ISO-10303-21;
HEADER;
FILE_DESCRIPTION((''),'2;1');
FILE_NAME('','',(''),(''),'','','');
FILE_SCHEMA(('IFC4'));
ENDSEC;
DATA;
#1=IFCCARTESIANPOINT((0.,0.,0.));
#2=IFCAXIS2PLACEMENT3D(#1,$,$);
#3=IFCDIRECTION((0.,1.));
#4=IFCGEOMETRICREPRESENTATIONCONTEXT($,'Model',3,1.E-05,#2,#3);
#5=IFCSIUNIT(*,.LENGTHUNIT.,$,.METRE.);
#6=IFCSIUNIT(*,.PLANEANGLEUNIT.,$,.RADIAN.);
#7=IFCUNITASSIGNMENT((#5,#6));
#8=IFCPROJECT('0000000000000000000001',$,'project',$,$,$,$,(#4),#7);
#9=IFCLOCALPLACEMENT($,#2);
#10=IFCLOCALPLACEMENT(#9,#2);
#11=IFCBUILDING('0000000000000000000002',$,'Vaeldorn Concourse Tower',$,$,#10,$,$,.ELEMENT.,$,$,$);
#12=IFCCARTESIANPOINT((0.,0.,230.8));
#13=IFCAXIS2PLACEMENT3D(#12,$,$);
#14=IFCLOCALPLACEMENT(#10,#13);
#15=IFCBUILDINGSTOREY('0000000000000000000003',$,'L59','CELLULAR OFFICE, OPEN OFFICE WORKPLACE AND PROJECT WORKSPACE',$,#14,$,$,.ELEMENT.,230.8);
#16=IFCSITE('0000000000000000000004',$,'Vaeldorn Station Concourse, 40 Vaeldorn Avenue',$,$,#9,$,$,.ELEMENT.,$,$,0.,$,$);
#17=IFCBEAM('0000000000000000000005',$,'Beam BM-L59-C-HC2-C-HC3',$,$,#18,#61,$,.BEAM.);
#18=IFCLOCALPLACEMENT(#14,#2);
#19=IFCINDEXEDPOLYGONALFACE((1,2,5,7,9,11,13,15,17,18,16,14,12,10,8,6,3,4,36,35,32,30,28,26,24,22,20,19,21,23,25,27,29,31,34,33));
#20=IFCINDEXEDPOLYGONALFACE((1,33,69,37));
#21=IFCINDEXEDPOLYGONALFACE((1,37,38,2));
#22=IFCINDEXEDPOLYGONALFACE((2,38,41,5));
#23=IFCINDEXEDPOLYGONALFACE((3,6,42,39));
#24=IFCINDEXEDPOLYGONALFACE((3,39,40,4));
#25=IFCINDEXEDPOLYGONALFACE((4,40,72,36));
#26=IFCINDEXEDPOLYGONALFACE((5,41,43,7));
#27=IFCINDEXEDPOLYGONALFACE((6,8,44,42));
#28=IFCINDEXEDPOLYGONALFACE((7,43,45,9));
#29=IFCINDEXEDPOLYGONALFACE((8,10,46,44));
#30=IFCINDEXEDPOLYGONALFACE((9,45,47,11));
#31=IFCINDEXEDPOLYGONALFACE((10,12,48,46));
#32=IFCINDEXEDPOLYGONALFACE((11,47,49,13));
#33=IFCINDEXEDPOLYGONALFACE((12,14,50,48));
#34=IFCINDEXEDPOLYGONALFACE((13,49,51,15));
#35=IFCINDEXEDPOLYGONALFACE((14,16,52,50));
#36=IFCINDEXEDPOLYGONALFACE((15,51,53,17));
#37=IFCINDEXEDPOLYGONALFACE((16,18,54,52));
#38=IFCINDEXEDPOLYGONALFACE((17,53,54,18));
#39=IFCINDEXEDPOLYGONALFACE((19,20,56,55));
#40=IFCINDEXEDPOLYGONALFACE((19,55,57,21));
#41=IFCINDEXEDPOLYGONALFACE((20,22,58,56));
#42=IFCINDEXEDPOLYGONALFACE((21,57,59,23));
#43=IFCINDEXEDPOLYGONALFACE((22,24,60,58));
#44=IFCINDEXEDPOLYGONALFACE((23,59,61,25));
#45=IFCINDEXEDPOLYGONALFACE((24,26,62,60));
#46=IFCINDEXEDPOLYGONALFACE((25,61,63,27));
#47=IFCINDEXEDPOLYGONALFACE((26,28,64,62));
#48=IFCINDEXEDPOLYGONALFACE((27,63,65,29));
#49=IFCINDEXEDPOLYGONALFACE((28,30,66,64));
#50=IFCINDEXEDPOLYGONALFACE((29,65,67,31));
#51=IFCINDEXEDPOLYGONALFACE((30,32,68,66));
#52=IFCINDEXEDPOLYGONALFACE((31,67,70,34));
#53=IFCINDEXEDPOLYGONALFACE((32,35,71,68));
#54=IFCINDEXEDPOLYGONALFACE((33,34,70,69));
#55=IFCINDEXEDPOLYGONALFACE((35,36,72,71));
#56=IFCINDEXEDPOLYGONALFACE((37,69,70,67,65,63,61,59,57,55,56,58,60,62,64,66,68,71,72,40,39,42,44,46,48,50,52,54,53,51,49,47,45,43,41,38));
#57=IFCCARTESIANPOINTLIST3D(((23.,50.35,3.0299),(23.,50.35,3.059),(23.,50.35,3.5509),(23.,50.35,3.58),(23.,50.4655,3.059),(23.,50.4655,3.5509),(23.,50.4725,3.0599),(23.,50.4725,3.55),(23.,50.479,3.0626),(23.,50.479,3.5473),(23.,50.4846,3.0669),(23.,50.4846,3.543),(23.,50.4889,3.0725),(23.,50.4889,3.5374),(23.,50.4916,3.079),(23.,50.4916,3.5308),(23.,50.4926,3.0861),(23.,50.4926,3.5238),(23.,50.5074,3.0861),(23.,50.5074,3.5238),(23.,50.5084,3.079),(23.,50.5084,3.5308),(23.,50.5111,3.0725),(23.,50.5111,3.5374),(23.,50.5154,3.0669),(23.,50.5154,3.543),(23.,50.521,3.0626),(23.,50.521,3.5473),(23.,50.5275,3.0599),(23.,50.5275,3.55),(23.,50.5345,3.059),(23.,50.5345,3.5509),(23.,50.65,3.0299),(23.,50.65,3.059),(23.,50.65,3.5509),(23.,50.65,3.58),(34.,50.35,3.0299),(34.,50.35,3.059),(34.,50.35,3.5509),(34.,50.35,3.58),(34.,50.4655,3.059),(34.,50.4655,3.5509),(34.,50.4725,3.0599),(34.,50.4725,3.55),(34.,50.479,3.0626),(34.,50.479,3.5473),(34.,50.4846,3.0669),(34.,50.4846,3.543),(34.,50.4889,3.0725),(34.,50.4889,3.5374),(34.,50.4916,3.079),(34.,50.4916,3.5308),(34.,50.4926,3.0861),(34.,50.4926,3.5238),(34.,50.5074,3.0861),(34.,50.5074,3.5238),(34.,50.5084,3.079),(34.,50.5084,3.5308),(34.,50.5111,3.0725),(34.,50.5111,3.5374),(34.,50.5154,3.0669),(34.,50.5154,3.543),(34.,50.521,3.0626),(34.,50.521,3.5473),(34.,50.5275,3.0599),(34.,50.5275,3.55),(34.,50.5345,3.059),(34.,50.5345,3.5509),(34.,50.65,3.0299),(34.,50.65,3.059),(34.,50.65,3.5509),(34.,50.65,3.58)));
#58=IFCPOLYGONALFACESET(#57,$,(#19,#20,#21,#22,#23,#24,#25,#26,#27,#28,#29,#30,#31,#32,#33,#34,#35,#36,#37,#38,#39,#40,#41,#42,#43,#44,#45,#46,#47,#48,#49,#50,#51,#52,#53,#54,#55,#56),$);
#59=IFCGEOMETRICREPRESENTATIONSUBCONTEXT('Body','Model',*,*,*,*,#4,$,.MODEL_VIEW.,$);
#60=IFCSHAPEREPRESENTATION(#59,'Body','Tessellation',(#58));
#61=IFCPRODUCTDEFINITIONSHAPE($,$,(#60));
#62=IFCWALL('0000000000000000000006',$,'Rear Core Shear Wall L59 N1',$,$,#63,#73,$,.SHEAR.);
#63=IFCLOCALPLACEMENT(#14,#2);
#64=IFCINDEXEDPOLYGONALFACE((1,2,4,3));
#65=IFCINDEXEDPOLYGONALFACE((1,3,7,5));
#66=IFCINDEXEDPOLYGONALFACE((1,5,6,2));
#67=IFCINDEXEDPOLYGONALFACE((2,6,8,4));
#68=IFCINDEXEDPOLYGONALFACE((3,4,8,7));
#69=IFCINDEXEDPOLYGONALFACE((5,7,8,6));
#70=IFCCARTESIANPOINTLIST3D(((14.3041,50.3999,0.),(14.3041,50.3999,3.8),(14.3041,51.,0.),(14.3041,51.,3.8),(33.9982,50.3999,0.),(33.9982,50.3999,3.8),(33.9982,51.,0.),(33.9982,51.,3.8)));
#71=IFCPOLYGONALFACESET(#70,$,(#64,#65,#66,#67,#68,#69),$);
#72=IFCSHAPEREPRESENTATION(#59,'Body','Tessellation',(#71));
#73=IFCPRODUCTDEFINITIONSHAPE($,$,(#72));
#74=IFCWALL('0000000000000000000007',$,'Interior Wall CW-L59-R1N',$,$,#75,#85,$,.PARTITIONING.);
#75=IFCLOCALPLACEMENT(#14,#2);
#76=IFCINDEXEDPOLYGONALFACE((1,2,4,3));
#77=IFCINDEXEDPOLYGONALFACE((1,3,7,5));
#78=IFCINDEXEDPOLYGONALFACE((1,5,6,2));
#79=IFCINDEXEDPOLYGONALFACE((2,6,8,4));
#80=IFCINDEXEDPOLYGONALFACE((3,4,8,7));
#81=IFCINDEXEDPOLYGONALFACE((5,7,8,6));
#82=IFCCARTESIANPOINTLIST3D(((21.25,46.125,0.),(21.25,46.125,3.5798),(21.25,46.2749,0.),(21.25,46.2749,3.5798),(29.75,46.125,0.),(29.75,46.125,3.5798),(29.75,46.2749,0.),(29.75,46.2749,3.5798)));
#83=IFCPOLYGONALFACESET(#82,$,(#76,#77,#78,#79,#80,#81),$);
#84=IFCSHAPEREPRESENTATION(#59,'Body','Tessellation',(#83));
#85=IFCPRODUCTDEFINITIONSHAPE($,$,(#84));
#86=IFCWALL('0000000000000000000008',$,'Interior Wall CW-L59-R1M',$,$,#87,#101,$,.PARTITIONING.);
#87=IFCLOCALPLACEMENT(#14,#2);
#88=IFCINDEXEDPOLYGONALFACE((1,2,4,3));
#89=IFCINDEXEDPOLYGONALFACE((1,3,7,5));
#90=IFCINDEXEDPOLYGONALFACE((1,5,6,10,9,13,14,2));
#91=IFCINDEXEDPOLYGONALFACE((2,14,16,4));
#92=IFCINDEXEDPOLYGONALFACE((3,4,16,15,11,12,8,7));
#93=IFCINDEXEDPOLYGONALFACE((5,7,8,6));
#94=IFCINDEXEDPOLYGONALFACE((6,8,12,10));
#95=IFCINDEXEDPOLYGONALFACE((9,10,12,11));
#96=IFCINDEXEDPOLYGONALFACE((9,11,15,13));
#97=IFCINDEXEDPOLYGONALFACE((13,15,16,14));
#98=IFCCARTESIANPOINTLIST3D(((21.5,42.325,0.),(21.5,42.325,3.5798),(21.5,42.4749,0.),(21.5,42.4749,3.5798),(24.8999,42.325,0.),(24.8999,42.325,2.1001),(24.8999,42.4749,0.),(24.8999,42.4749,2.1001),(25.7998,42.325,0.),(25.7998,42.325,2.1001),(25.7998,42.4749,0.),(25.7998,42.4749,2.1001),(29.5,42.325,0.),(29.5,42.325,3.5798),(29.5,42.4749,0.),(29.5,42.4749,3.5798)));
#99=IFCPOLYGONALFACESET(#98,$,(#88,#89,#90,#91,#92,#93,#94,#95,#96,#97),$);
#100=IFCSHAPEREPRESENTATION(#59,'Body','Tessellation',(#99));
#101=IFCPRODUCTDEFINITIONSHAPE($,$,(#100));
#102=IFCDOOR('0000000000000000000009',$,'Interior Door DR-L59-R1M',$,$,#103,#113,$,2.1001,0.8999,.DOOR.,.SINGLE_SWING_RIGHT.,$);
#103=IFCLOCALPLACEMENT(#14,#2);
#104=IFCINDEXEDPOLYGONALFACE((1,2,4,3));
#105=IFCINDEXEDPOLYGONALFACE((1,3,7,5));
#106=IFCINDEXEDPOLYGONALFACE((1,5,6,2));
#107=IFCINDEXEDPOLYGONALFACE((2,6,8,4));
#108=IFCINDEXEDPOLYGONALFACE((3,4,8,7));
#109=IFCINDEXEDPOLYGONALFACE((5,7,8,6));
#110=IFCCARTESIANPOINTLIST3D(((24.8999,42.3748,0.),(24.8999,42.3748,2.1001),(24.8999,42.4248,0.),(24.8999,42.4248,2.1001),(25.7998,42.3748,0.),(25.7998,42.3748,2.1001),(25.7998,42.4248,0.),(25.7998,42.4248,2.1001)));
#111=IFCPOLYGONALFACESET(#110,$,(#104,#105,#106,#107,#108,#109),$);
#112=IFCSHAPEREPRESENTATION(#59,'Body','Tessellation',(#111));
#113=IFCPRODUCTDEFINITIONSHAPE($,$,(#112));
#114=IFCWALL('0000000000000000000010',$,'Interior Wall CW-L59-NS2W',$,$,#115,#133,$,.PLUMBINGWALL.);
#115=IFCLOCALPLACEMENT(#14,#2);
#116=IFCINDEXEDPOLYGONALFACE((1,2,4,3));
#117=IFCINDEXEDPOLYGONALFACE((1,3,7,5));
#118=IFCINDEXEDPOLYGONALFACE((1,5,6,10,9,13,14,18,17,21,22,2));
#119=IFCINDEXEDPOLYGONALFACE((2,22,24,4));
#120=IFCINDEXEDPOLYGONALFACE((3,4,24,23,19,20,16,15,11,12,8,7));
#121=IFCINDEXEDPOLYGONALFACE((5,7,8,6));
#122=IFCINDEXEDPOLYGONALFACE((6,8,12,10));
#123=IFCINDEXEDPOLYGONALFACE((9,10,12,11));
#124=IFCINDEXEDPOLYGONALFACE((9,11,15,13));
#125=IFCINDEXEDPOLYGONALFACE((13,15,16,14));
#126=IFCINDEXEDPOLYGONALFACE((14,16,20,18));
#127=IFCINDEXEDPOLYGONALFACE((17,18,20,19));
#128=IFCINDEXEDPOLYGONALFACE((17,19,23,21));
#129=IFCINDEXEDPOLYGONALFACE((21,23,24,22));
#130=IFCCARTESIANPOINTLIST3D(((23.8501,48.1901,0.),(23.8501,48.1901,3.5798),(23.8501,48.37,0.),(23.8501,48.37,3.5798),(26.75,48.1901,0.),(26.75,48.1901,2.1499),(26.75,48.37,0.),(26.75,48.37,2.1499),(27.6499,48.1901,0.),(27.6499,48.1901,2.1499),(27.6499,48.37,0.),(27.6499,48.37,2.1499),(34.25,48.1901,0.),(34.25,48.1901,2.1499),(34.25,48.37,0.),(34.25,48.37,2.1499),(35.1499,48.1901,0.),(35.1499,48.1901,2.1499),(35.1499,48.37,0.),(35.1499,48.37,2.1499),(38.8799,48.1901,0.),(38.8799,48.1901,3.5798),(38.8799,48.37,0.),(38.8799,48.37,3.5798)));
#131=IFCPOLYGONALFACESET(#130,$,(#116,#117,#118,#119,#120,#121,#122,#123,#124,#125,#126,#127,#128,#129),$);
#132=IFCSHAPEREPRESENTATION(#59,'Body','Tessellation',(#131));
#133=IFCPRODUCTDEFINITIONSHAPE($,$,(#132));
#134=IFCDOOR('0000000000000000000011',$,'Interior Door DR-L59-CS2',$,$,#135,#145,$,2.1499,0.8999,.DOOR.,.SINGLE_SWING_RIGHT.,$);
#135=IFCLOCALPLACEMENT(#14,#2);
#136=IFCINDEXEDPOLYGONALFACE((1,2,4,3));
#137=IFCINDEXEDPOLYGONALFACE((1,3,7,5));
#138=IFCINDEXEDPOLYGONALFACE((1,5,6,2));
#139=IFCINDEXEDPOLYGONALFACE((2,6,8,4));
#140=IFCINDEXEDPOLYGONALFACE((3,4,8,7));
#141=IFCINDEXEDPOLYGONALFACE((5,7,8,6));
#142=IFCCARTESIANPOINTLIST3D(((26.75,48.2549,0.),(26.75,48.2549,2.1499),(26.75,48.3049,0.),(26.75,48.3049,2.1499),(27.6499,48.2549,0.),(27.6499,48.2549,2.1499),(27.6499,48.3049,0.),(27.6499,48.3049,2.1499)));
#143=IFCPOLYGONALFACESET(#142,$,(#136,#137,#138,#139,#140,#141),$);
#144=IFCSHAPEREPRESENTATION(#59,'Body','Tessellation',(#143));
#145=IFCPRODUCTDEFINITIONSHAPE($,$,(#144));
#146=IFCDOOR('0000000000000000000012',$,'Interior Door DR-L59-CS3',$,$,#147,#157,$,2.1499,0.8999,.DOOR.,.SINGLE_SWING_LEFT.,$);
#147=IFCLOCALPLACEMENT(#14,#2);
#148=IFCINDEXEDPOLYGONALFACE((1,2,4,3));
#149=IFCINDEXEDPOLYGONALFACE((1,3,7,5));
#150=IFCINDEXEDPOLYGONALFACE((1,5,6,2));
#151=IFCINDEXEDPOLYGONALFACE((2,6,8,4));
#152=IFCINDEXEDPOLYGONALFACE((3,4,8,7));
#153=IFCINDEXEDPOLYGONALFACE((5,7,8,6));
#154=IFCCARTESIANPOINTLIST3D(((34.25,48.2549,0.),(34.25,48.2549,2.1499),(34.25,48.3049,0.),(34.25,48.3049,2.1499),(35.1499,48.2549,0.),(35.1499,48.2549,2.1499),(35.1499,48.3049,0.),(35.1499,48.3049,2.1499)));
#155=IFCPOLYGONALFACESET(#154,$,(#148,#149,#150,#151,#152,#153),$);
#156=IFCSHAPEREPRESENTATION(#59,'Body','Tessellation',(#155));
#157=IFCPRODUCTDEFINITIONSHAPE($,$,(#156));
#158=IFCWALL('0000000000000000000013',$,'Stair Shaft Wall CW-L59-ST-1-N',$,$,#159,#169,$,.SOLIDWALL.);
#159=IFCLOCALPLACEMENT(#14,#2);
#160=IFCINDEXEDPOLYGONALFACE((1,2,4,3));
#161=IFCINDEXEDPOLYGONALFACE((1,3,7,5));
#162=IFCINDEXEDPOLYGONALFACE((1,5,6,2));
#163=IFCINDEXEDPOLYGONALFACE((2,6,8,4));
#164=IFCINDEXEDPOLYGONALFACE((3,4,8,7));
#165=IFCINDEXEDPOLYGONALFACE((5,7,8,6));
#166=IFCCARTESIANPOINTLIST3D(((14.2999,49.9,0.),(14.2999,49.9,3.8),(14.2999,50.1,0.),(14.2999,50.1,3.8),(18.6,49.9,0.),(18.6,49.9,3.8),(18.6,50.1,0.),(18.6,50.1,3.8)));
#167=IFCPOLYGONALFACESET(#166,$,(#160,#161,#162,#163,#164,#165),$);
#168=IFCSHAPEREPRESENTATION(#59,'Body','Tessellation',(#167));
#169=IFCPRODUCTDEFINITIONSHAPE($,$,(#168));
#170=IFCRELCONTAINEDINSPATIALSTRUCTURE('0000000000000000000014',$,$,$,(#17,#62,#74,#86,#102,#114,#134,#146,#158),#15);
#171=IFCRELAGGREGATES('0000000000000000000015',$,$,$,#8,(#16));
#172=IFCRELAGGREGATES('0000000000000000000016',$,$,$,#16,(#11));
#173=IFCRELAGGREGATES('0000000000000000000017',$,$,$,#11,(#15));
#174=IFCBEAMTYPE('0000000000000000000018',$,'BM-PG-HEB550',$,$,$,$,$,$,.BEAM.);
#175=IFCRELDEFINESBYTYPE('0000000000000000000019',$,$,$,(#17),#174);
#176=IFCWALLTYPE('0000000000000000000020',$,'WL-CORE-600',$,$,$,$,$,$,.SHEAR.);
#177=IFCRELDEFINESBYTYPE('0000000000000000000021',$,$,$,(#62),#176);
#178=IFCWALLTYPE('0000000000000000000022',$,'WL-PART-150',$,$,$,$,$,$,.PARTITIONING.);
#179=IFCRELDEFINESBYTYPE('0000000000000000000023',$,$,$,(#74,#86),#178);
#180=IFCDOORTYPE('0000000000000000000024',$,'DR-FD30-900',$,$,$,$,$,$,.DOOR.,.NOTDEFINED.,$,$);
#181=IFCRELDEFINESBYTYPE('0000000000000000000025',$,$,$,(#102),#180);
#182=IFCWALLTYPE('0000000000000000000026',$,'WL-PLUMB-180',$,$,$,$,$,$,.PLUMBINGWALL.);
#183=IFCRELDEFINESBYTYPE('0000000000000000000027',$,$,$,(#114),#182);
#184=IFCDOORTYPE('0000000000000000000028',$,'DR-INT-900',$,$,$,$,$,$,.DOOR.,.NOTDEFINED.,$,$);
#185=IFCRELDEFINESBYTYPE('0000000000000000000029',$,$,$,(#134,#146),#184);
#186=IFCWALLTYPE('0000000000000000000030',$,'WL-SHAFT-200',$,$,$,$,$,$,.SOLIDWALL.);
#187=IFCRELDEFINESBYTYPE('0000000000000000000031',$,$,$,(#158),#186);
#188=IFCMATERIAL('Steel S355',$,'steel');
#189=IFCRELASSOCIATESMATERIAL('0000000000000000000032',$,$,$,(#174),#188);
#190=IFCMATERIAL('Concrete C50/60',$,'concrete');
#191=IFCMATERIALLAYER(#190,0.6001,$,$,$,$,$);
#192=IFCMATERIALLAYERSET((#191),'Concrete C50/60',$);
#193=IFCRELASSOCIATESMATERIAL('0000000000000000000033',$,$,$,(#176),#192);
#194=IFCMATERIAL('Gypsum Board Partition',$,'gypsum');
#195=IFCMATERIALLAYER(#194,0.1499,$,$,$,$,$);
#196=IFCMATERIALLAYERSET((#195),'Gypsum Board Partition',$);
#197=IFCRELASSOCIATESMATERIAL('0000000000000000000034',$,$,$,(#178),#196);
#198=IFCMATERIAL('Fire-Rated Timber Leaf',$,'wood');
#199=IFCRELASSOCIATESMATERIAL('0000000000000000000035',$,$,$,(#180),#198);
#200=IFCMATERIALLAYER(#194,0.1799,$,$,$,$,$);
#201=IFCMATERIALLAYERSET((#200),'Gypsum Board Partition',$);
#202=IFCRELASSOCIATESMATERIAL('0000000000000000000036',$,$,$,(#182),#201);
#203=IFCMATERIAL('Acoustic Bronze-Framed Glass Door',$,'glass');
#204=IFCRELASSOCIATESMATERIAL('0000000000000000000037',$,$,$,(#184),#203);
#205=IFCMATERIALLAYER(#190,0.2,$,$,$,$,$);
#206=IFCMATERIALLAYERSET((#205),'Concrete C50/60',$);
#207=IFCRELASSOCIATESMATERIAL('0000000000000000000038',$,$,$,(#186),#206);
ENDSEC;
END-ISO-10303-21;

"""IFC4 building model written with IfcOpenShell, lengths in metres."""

from ifc_helpers import new_model, si_unit, direction, frame, frame_2d, origin, origin_2d, place, context, subcontext, project, spatial, rectangle, i_section, extrude, source, transform, mapped, material, layer, layer_set, material_profile, profile_set, type_object, element, fill, save


model = new_model("IFC4")

# Units and contexts
model_context = context("Model", 3, precision=1e-05, world=origin(), true_north=direction((0.0, 1.0)))
body_context = subcontext(model_context, "Body", "Model", "MODEL_VIEW")
ifc_project = project(units=[si_unit("LENGTHUNIT", "METRE"), si_unit("PLANEANGLEUNIT", "RADIAN")], contexts=[model_context])

# Site, building, storey
site_placement = place(None, origin())
site = spatial("IfcSite", under=ifc_project, at=site_placement, Name="Vaeldorn Station Concourse, 40 Vaeldorn Avenue", CompositionType="ELEMENT", RefElevation=0.0)
building_placement = place(site_placement, origin())
building = spatial("IfcBuilding", under=site, at=building_placement, Name="Vaeldorn Concourse Tower", CompositionType="ELEMENT")
storey_placement = place(building_placement, frame((0.0, 0.0, 230.8)))
storey = spatial("IfcBuildingStorey", under=building, at=storey_placement, Name="L59", Description="CELLULAR OFFICE, OPEN OFFICE WORKPLACE AND PROJECT WORKSPACE", CompositionType="ELEMENT", Elevation=230.8)

# Beam
ifc_material_1 = material(Name="Steel S355", Category="steel")
ifc_material_profile_1 = material_profile(ifc_material_1, i_section(OverallWidth=0.3, OverallDepth=0.55, WebThickness=0.0149, FlangeThickness=0.0291, FilletRadius=0.0271, at=origin_2d()), Name="HEB 550")
ifc_profile_set_1 = profile_set([ifc_material_profile_1], Name="Steel S355")
beam_type_1 = type_object("IfcBeamType", Name="BM-PG-HEB550", PredefinedType="BEAM", material=ifc_profile_set_1)
shared_shape_1 = source(origin(), body_context, "Body", "SweptSolid", [
    extrude(i_section(OverallWidth=0.3, OverallDepth=0.55, WebThickness=0.0149, FlangeThickness=0.0291, FilletRadius=0.0271, at=origin_2d()), origin(), (0.0, 0.0, 1.0), 11.0),
])
beam_1_placement = place(storey_placement, frame((23.0, 50.5, 3.3049), z_axis=(1.0, 0.0, 0.0), x_axis=(0.0, 1.0, 0.0)))
element("IfcBeam", 1, at=beam_1_placement, inside=storey, type_object=beam_type_1, Name="Beam BM-L59-C-HC2-C-HC3", PredefinedType="BEAM", context=body_context, shape_type="MappedRepresentation", body=[
    mapped(shared_shape_1, transform((0.0, 0.0, 0.0), scale=1.0)),
])

# Walls
ifc_material_2 = material(Name="Concrete C50/60", Category="concrete")
ifc_layer_1 = layer(ifc_material_2, 0.6001)
ifc_layer_set_1 = layer_set([ifc_layer_1], Name="Concrete C50/60")
wall_type_1 = type_object("IfcWallType", Name="WL-CORE-600", PredefinedType="SHEAR", material=ifc_layer_set_1)
wall_1_placement = place(storey_placement, frame((14.304, 50.7, 0.0), z_axis=(0.0, 0.0, 1.0), x_axis=(1.0, 0.0, 0.0)))
element("IfcWall", 2, at=wall_1_placement, inside=storey, type_object=wall_type_1, Name="Rear Core Shear Wall L59 N1", PredefinedType="SHEAR", context=body_context, shape_type="SweptSolid", body=[
    extrude(rectangle(XDim=19.6941, YDim=0.6001, at=frame_2d((9.8472, 0.0))), origin(), (0.0, 0.0, 1.0), 3.8),
])
ifc_material_3 = material(Name="Gypsum Board Partition", Category="gypsum")
ifc_layer_2 = layer(ifc_material_3, 0.1499)
ifc_layer_set_2 = layer_set([ifc_layer_2], Name="Gypsum Board Partition")
wall_type_2 = type_object("IfcWallType", Name="WL-PART-150", PredefinedType="PARTITIONING", material=ifc_layer_set_2)
wall_2_placement = place(storey_placement, frame((21.25, 46.2, 0.0), z_axis=(0.0, 0.0, 1.0), x_axis=(1.0, 0.0, 0.0)))
element("IfcWall", 3, at=wall_2_placement, inside=storey, type_object=wall_type_2, Name="Interior Wall CW-L59-R1N", PredefinedType="PARTITIONING", context=body_context, shape_type="SweptSolid", body=[
    extrude(rectangle(XDim=8.5, YDim=0.1499, at=frame_2d((4.25, 0.0))), origin(), (0.0, 0.0, 1.0), 3.5798),
])

# Wall, opening, door
wall_3_placement = place(storey_placement, frame((21.5, 42.3999, 0.0), z_axis=(0.0, 0.0, 1.0), x_axis=(1.0, 0.0, 0.0)))
wall_3 = element("IfcWall", 4, at=wall_3_placement, inside=storey, type_object=wall_type_2, Name="Interior Wall CW-L59-R1M", PredefinedType="PARTITIONING", context=body_context, shape_type="SweptSolid", body=[
    extrude(rectangle(XDim=8.0, YDim=0.1499, at=frame_2d((4.0, 0.0))), origin(), (0.0, 0.0, 1.0), 3.5798),
])
opening_1_placement = place(wall_3_placement, frame((3.3999, 0.0, 0.0)))
opening_1 = element("IfcOpeningElement", 5, at=opening_1_placement, cuts=wall_3, PredefinedType="OPENING", context=body_context, shape_type="SweptSolid", body=[
    extrude(rectangle(XDim=0.8999, YDim=2.1001, at=frame_2d((0.45, 1.05))), frame((0.0, 0.085, 0.0), z_axis=(0.0, -1.0, 0.0), x_axis=(1.0, 0.0, 0.0)), (0.0, 0.0, 1.0), 0.1699),
])
ifc_material_4 = material(Name="Fire-Rated Timber Leaf", Category="wood")
door_type_1 = type_object("IfcDoorType", Name="DR-FD30-900", OperationType="NOTDEFINED", PredefinedType="DOOR", material=ifc_material_4)
shared_shape_2 = source(origin(), body_context, "Body", "SweptSolid", [
    extrude(rectangle(XDim=0.8999, YDim=2.1001, at=frame_2d((0.45, 1.05))), frame((0.0, 0.0249, 0.0), z_axis=(0.0, -1.0, 0.0), x_axis=(1.0, 0.0, 0.0)), (0.0, 0.0, 1.0), 0.05),
])
door_1_placement = place(opening_1_placement, origin())
door_1 = element("IfcDoor", 6, at=door_1_placement, inside=storey, type_object=door_type_1, Name="Interior Door DR-L59-R1M", OperationType="SINGLE_SWING_RIGHT", OverallHeight=2.1001, OverallWidth=0.8999, PredefinedType="DOOR", context=body_context, shape_type="MappedRepresentation", body=[
    mapped(shared_shape_2, transform((0.0, 0.0, 0.0), scale=1.0)),
])
fill(opening_1, door_1)

# Wall, openings, doors
ifc_layer_3 = layer(ifc_material_3, 0.1799)
ifc_layer_set_3 = layer_set([ifc_layer_3], Name="Gypsum Board Partition")
wall_type_3 = type_object("IfcWallType", Name="WL-PLUMB-180", PredefinedType="PLUMBINGWALL", material=ifc_layer_set_3)
wall_4_placement = place(storey_placement, frame((23.8501, 48.28, 0.0), z_axis=(0.0, 0.0, 1.0), x_axis=(1.0, 0.0, 0.0)))
wall_4 = element("IfcWall", 7, at=wall_4_placement, inside=storey, type_object=wall_type_3, Name="Interior Wall CW-L59-NS2W", PredefinedType="PLUMBINGWALL", context=body_context, shape_type="SweptSolid", body=[
    extrude(rectangle(XDim=15.0298, YDim=0.1799, at=frame_2d((7.5149, 0.0))), origin(), (0.0, 0.0, 1.0), 3.5798),
])
opening_2_placement = place(wall_4_placement, frame((2.8999, 0.0, 0.0)))
opening_2 = element("IfcOpeningElement", 8, at=opening_2_placement, cuts=wall_4, PredefinedType="OPENING", context=body_context, shape_type="SweptSolid", body=[
    extrude(rectangle(XDim=0.8999, YDim=2.1499, at=frame_2d((0.45, 1.075))), frame((0.0, 0.1001, 0.0), z_axis=(0.0, -1.0, 0.0), x_axis=(1.0, 0.0, 0.0)), (0.0, 0.0, 1.0), 0.2),
])
opening_3_placement = place(wall_4_placement, frame((10.3999, 0.0, 0.0)))
opening_3 = element("IfcOpeningElement", 9, at=opening_3_placement, cuts=wall_4, PredefinedType="OPENING", context=body_context, shape_type="SweptSolid", body=[
    extrude(rectangle(XDim=0.8999, YDim=2.1499, at=frame_2d((0.45, 1.075))), frame((0.0, 0.1001, 0.0), z_axis=(0.0, -1.0, 0.0), x_axis=(1.0, 0.0, 0.0)), (0.0, 0.0, 1.0), 0.2),
])
ifc_material_5 = material(Name="Acoustic Bronze-Framed Glass Door", Category="glass")
door_type_2 = type_object("IfcDoorType", Name="DR-INT-900", OperationType="NOTDEFINED", PredefinedType="DOOR", material=ifc_material_5)
shared_shape_3 = source(origin(), body_context, "Body", "SweptSolid", [
    extrude(rectangle(XDim=0.8999, YDim=2.1499, at=frame_2d((0.45, 1.075))), frame((0.0, 0.0249, 0.0), z_axis=(0.0, -1.0, 0.0), x_axis=(1.0, 0.0, 0.0)), (0.0, 0.0, 1.0), 0.05),
])
door_2_placement = place(opening_2_placement, origin())
door_2 = element("IfcDoor", 10, at=door_2_placement, inside=storey, type_object=door_type_2, Name="Interior Door DR-L59-CS2", OperationType="SINGLE_SWING_RIGHT", OverallHeight=2.1499, OverallWidth=0.8999, PredefinedType="DOOR", context=body_context, shape_type="MappedRepresentation", body=[
    mapped(shared_shape_3, transform((0.0, 0.0, 0.0), scale=1.0)),
])
fill(opening_2, door_2)
door_3_placement = place(opening_3_placement, origin())
door_3 = element("IfcDoor", 11, at=door_3_placement, inside=storey, type_object=door_type_2, Name="Interior Door DR-L59-CS3", OperationType="SINGLE_SWING_LEFT", OverallHeight=2.1499, OverallWidth=0.8999, PredefinedType="DOOR", context=body_context, shape_type="MappedRepresentation", body=[
    mapped(shared_shape_3, transform((0.0, 0.0, 0.0), scale=1.0)),
])
fill(opening_3, door_3)

# Wall
ifc_layer_4 = layer(ifc_material_2, 0.2)
ifc_layer_set_4 = layer_set([ifc_layer_4], Name="Concrete C50/60")
wall_type_4 = type_object("IfcWallType", Name="WL-SHAFT-200", PredefinedType="SOLIDWALL", material=ifc_layer_set_4)
wall_5_placement = place(storey_placement, frame((14.3, 50.0, 0.0), z_axis=(0.0, 0.0, 1.0), x_axis=(1.0, 0.0, 0.0)))
element("IfcWall", 12, at=wall_5_placement, inside=storey, type_object=wall_type_4, Name="Stair Shaft Wall CW-L59-ST-1-N", PredefinedType="SOLIDWALL", context=body_context, shape_type="SweptSolid", body=[
    extrude(rectangle(XDim=4.3, YDim=0.2, at=frame_2d((2.1499, 0.0))), origin(), (0.0, 0.0, 1.0), 3.8),
])

save(model, "model.ifc")
